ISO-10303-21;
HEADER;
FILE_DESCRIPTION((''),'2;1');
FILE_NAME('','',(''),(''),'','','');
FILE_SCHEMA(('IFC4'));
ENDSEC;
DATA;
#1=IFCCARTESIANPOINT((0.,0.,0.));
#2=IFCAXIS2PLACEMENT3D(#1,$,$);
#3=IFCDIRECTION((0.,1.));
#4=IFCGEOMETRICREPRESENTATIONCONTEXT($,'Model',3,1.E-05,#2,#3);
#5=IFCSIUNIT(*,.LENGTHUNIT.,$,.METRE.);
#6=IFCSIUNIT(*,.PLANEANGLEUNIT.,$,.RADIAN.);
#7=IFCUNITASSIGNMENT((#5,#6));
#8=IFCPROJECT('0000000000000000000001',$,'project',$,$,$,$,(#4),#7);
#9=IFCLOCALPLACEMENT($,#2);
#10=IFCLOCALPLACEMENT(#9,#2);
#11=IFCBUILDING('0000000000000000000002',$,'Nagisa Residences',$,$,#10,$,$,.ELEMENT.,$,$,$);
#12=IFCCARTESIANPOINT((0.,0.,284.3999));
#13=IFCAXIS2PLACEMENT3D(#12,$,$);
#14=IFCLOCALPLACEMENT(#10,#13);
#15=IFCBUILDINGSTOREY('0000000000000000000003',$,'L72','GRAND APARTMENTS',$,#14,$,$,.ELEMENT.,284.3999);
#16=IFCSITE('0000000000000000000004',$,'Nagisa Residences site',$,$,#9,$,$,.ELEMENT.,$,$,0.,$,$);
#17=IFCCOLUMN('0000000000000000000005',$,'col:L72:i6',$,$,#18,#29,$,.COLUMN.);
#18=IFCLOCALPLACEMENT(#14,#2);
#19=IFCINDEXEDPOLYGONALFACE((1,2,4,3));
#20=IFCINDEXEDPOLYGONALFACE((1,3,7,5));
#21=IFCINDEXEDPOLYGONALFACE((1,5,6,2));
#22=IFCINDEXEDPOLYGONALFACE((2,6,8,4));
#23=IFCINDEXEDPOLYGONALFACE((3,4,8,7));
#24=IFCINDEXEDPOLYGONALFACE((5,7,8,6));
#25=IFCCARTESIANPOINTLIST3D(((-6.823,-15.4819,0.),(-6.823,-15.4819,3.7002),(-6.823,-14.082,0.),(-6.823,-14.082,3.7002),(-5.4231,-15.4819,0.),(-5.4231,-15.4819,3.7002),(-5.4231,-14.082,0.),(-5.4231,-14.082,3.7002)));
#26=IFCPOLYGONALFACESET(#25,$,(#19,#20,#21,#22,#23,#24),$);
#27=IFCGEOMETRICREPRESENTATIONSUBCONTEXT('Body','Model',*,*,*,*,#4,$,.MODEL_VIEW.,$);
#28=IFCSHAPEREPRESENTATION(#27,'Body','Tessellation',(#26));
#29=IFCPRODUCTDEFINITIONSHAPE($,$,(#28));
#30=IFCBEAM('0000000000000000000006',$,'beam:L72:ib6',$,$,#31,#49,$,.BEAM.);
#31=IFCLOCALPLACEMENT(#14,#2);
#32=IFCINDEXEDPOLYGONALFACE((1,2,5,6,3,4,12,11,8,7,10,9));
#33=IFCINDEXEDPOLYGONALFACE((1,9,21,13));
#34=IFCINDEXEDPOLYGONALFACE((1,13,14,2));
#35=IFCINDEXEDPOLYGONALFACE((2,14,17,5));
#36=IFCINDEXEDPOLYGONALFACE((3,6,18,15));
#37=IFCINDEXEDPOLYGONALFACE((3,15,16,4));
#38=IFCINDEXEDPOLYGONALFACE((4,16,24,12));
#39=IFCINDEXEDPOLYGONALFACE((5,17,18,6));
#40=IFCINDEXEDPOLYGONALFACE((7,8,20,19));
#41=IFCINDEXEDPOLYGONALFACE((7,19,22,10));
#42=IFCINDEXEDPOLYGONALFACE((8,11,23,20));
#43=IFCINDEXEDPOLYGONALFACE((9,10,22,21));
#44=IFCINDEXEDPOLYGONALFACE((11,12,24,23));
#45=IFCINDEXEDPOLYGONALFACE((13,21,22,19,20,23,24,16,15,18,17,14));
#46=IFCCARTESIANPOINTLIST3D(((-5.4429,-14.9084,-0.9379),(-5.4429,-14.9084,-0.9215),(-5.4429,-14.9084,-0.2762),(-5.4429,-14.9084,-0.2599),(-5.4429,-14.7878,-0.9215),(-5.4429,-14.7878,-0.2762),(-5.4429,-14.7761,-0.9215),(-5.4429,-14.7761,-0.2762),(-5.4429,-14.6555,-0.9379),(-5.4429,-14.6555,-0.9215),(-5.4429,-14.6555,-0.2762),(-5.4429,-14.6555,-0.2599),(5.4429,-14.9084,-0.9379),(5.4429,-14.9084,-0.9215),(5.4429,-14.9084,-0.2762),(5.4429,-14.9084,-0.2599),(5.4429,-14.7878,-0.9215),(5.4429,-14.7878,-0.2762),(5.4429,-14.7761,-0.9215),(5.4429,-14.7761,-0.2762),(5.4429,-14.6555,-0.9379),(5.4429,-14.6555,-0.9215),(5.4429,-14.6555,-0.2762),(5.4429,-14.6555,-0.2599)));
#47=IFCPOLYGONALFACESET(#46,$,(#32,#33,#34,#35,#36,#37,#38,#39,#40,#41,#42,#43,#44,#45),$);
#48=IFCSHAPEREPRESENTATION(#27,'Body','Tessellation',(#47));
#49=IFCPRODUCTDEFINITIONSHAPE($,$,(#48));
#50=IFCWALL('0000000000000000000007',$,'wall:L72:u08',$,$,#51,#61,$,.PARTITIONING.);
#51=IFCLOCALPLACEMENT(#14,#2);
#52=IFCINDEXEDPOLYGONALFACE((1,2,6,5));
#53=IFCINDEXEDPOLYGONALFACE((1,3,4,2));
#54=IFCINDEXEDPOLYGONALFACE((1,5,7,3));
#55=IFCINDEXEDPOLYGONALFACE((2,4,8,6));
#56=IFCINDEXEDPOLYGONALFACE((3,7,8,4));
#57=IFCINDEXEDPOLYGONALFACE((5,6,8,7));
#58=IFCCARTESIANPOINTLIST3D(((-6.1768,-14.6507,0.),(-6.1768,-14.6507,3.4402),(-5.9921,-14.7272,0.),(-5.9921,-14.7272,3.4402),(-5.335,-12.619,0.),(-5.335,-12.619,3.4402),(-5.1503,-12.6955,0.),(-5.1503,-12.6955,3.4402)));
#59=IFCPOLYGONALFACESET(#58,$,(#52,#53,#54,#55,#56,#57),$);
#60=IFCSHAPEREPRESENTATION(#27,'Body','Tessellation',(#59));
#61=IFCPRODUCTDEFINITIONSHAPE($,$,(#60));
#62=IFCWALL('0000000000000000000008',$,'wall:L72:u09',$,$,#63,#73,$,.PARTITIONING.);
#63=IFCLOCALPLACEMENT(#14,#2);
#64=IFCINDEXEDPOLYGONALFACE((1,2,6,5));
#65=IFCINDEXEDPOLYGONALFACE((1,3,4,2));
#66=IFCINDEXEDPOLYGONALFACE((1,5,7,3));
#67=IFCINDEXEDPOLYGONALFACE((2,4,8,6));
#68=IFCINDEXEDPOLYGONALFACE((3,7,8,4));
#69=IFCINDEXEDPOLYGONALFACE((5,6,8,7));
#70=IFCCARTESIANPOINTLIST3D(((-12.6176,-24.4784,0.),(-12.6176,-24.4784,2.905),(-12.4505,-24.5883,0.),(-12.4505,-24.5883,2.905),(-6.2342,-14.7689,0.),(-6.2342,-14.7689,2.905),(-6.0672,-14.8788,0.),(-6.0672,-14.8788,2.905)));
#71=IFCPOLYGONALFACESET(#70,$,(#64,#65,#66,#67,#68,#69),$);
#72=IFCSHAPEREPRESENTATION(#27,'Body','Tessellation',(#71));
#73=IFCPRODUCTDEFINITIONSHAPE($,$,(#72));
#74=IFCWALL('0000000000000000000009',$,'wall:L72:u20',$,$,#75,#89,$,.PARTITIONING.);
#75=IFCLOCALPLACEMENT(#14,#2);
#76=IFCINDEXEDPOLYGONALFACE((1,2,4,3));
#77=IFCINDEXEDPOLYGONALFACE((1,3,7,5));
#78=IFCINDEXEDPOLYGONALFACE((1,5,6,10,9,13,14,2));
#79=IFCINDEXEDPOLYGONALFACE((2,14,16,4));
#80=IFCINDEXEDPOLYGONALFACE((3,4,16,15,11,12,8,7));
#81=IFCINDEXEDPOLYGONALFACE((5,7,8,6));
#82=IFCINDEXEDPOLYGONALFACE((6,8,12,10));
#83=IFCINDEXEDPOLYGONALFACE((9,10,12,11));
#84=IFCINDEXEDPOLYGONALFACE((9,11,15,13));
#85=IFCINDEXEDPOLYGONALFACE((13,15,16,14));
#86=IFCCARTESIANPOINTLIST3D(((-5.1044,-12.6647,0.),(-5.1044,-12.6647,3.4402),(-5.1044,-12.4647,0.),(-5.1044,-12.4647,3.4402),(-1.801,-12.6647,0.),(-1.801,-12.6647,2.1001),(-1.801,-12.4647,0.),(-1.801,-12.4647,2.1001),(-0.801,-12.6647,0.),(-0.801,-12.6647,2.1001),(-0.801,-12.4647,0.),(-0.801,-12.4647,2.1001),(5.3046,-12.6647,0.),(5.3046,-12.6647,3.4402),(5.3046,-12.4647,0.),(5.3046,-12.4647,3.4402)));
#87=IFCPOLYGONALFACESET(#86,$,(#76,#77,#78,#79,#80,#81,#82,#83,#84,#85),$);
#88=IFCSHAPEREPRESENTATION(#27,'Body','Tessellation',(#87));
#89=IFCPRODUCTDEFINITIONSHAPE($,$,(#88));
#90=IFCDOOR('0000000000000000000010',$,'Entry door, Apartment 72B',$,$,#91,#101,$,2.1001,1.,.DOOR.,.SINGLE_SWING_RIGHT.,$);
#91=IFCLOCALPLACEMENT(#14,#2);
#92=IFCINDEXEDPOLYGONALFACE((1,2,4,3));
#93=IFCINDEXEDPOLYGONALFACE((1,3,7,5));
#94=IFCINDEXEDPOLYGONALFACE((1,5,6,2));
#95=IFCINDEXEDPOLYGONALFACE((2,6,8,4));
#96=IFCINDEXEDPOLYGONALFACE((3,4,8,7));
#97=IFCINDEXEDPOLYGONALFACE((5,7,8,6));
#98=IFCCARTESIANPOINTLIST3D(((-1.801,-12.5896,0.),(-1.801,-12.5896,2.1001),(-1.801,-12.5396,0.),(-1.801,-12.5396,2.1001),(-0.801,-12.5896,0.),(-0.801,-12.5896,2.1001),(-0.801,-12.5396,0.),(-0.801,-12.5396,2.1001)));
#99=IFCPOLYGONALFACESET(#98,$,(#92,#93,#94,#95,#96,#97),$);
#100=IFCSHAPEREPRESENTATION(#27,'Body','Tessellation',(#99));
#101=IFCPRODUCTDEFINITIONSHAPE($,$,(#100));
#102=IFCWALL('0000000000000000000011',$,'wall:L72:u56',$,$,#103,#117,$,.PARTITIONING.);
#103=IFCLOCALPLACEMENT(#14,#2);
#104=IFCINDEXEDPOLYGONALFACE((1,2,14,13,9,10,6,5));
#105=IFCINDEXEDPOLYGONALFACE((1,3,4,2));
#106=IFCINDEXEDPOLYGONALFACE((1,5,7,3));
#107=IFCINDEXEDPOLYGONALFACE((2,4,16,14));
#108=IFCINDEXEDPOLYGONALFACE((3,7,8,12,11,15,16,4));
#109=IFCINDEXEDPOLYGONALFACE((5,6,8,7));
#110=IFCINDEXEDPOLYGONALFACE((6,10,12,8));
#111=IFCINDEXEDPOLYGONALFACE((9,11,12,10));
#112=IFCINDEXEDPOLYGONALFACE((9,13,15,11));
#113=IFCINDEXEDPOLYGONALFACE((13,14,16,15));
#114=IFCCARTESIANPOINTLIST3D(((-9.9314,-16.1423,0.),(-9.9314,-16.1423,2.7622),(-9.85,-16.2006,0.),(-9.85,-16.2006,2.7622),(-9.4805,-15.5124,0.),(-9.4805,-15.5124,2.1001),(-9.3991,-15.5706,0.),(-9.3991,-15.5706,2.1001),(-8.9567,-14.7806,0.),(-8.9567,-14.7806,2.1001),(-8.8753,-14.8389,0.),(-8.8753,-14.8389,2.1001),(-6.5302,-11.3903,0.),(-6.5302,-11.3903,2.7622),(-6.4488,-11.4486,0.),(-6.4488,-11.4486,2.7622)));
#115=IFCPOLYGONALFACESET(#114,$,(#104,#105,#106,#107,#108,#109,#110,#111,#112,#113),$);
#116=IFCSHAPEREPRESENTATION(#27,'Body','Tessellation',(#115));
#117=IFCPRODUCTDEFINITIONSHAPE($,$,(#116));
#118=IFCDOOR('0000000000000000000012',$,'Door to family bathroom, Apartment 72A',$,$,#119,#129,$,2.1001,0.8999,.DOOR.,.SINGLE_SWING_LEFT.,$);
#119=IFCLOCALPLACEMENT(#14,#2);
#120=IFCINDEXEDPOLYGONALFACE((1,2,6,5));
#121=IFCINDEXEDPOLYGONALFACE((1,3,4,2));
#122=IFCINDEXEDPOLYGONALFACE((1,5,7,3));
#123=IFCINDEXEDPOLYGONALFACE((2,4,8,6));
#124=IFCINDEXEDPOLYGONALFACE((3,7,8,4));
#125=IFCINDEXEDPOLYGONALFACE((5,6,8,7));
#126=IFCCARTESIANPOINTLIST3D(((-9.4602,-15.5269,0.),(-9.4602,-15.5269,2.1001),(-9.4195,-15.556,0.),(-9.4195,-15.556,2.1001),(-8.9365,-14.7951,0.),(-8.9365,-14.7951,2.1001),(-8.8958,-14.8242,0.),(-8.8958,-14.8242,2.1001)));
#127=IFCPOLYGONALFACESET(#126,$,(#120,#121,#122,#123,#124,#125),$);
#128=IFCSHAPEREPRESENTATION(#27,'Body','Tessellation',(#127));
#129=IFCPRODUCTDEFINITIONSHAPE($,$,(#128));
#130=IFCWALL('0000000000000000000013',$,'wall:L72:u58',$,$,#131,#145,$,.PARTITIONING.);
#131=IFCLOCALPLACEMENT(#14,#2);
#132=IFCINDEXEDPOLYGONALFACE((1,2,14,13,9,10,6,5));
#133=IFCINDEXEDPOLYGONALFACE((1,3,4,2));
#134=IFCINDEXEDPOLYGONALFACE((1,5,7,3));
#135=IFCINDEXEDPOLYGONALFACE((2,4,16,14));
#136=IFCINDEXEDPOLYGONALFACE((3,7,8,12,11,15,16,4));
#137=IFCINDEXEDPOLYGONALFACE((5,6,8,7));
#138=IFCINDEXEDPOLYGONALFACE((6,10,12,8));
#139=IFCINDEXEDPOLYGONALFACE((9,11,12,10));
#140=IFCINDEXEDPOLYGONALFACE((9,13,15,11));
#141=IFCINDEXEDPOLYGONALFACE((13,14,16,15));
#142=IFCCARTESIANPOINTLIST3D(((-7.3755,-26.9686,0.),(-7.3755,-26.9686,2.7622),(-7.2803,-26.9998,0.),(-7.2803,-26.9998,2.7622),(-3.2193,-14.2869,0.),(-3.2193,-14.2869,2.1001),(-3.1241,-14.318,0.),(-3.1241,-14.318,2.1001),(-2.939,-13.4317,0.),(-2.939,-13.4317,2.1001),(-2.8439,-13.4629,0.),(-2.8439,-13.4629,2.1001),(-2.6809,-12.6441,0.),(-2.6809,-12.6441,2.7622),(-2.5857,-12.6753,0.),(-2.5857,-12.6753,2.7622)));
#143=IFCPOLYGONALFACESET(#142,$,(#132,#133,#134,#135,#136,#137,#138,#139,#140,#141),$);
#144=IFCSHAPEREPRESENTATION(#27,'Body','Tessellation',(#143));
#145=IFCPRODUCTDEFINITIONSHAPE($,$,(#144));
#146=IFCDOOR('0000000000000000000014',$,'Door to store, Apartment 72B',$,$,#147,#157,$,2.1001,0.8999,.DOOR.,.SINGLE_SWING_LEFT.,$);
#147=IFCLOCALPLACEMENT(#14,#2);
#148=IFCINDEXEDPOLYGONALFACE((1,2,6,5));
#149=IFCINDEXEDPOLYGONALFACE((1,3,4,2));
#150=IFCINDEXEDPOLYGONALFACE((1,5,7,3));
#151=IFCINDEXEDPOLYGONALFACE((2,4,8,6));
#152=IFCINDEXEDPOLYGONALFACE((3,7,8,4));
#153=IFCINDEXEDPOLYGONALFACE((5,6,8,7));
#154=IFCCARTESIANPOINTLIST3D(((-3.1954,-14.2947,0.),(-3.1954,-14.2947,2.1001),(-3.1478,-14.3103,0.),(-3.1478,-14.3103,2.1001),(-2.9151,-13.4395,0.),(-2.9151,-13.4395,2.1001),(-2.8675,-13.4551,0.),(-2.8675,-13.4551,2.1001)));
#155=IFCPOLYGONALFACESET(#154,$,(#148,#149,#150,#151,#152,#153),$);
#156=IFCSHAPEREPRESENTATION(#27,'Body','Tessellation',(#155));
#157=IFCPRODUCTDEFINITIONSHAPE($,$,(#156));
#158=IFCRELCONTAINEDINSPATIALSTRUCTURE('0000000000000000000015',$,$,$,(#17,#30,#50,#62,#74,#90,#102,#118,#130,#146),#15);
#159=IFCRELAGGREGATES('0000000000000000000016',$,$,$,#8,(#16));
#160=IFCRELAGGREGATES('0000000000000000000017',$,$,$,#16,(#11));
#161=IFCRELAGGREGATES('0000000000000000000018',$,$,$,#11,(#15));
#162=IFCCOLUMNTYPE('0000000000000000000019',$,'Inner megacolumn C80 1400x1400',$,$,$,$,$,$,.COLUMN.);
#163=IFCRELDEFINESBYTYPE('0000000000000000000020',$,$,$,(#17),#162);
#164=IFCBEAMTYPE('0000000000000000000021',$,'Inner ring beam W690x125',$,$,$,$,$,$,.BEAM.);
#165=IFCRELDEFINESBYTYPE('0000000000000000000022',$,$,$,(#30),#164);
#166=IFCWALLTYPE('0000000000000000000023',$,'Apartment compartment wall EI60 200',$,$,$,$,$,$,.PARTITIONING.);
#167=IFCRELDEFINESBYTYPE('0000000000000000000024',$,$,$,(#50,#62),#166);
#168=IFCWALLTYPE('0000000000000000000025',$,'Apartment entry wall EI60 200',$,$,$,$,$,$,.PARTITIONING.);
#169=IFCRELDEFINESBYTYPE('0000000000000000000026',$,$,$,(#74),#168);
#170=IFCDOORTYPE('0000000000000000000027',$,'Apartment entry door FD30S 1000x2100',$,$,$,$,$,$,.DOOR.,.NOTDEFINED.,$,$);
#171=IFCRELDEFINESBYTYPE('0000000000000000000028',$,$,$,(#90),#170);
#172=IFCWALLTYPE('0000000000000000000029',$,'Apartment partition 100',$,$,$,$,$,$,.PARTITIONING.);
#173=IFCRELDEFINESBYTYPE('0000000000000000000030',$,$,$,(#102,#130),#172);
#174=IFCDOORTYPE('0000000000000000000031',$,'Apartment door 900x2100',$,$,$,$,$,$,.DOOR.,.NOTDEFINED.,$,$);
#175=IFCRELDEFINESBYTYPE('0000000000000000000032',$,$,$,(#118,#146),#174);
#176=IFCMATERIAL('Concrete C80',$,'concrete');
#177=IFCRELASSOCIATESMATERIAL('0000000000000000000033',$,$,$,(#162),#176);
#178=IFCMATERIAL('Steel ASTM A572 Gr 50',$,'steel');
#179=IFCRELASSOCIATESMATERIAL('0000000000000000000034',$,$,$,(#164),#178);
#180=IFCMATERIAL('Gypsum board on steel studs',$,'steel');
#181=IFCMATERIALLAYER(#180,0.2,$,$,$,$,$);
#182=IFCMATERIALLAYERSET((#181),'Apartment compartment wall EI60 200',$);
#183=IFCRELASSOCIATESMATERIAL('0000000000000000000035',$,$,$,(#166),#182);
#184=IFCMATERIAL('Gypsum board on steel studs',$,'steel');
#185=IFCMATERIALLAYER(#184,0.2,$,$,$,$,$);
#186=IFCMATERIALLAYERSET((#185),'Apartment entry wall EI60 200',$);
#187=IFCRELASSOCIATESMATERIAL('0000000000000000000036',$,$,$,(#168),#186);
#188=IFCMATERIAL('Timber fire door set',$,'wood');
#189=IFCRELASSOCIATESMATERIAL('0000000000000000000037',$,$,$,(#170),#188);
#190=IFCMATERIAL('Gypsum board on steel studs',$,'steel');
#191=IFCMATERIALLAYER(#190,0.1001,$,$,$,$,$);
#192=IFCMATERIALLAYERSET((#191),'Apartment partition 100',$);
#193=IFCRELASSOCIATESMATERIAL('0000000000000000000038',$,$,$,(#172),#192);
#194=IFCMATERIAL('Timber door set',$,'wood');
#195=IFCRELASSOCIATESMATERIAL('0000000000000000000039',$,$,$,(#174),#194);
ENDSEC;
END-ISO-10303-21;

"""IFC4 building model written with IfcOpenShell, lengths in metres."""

from ifc_helpers import new_model, si_unit, direction, frame, frame_2d, origin, origin_2d, place, context, subcontext, project, spatial, rectangle, i_section, extrude, material, layer, layer_set, material_profile, profile_set, type_object, element, fill, save


model = new_model("IFC4")

# Units and contexts
model_context = context("Model", 3, precision=1e-05, world=origin(), true_north=direction((0.0, 1.0)))
body_context = subcontext(model_context, "Body", "Model", "MODEL_VIEW")
ifc_project = project(units=[si_unit("LENGTHUNIT", "METRE"), si_unit("PLANEANGLEUNIT", "RADIAN")], contexts=[model_context])

# Site, building, storey
site_placement = place(None, origin())
site = spatial("IfcSite", under=ifc_project, at=site_placement, Name="Nagisa Residences site", CompositionType="ELEMENT", RefElevation=0.0)
building_placement = place(site_placement, origin())
building = spatial("IfcBuilding", under=site, at=building_placement, Name="Nagisa Residences", CompositionType="ELEMENT")
storey_placement = place(building_placement, frame((0.0, 0.0, 284.3999)))
storey = spatial("IfcBuildingStorey", under=building, at=storey_placement, Name="L72", Description="GRAND APARTMENTS", CompositionType="ELEMENT", Elevation=284.3999)

# Column
ifc_material_1 = material(Name="Concrete C80", Category="concrete")
ifc_material_profile_1 = material_profile(ifc_material_1, rectangle(XDim=1.3999, YDim=1.3999, at=origin_2d()), Name="C80 1400x1400")
ifc_profile_set_1 = profile_set([ifc_material_profile_1], Name="Concrete C80")
column_type = type_object("IfcColumnType", Name="Inner megacolumn C80 1400x1400", PredefinedType="COLUMN", material=ifc_profile_set_1)
column_placement = place(storey_placement, frame((-6.123, -14.782, 0.0), z_axis=(0.0, 0.0, 1.0), x_axis=(1.0, 0.0, 0.0)))
element("IfcColumn", 1, at=column_placement, inside=storey, type_object=column_type, Name="col:L72:i6", PredefinedType="COLUMN", context=body_context, shape_type="SweptSolid", body=[
    extrude(rectangle(XDim=1.3999, YDim=1.3999, at=origin_2d()), origin(), (0.0, 0.0, 1.0), 3.7002),
])

# Beam
ifc_material_2 = material(Name="Steel ASTM A572 Gr 50", Category="steel")
ifc_material_profile_2 = material_profile(ifc_material_2, i_section(OverallWidth=0.2529, OverallDepth=0.678, WebThickness=0.0117, FlangeThickness=0.0164, at=origin_2d()), Name="W690x125")
ifc_profile_set_2 = profile_set([ifc_material_profile_2], Name="Steel ASTM A572 Gr 50")
beam_type = type_object("IfcBeamType", Name="Inner ring beam W690x125", PredefinedType="BEAM", material=ifc_profile_set_2)
beam_placement = place(storey_placement, frame((-5.4429, -14.782, -0.5989), z_axis=(1.0, 0.0, 0.0), x_axis=(0.0, 1.0, 0.0)))
element("IfcBeam", 2, at=beam_placement, inside=storey, type_object=beam_type, Name="beam:L72:ib6", PredefinedType="BEAM", context=body_context, shape_type="SweptSolid", body=[
    extrude(i_section(OverallWidth=0.2529, OverallDepth=0.678, WebThickness=0.0117, FlangeThickness=0.0164, at=origin_2d()), origin(), (0.0, 0.0, 1.0), 10.8857),
])

# Walls
ifc_material_3 = material(Name="Gypsum board on steel studs", Category="steel")
ifc_layer_1 = layer(ifc_material_3, 0.2)
ifc_layer_set_1 = layer_set([ifc_layer_1], Name="Apartment compartment wall EI60 200")
wall_type_1 = type_object("IfcWallType", Name="Apartment compartment wall EI60 200", PredefinedType="PARTITIONING", material=ifc_layer_set_1)
wall_1_placement = place(storey_placement, frame((-5.2427, -12.6572, 0.0), z_axis=(0.0, 0.0, 1.0), x_axis=(-0.38277, -0.923844, 0.0)))
element("IfcWall", 3, at=wall_1_placement, inside=storey, type_object=wall_type_1, Name="wall:L72:u08", PredefinedType="PARTITIONING", context=body_context, shape_type="SweptSolid", body=[
    extrude(rectangle(XDim=2.1992, YDim=0.2, at=frame_2d((1.0996, 0.0))), origin(), (0.0, 0.0, 1.0), 3.4402),
])
wall_2_placement = place(storey_placement, frame((-6.1506, -14.8237, 0.0), z_axis=(0.0, 0.0, 1.0), x_axis=(-0.549346, -0.835595, 0.0)))
element("IfcWall", 4, at=wall_2_placement, inside=storey, type_object=wall_type_1, Name="wall:L72:u09", PredefinedType="PARTITIONING", context=body_context, shape_type="SweptSolid", body=[
    extrude(rectangle(XDim=11.6199, YDim=0.2, at=frame_2d((5.8101, 0.0))), origin(), (0.0, 0.0, 1.0), 2.905),
])

# Walls, openings, doors
ifc_material_4 = material(Name="Gypsum board on steel studs", Category="steel")
ifc_layer_2 = layer(ifc_material_4, 0.2)
ifc_layer_set_2 = layer_set([ifc_layer_2], Name="Apartment entry wall EI60 200")
wall_type_2 = type_object("IfcWallType", Name="Apartment entry wall EI60 200", PredefinedType="PARTITIONING", material=ifc_layer_set_2)
wall_3_placement = place(storey_placement, frame((-5.1045, -12.5647, 0.0), z_axis=(0.0, 0.0, 1.0), x_axis=(1.0, 0.0, 0.0)))
wall_3 = element("IfcWall", 5, at=wall_3_placement, inside=storey, type_object=wall_type_2, Name="wall:L72:u20", PredefinedType="PARTITIONING", context=body_context, shape_type="SweptSolid", body=[
    extrude(rectangle(XDim=10.4089, YDim=0.2, at=frame_2d((5.2046, 0.0))), origin(), (0.0, 0.0, 1.0), 3.4402),
])
opening_1_placement = place(wall_3_placement, frame((3.3035, 0.0, 0.0)))
opening_1 = element("IfcOpeningElement", 6, at=opening_1_placement, cuts=wall_3, PredefinedType="OPENING", context=body_context, shape_type="SweptSolid", body=[
    extrude(rectangle(XDim=1.0, YDim=2.1001, at=frame_2d((0.5, 1.05))), frame((0.0, 0.1099, 0.0), z_axis=(0.0, -1.0, 0.0), x_axis=(1.0, 0.0, 0.0)), (0.0, 0.0, 1.0), 0.22),
])
ifc_material_5 = material(Name="Timber fire door set", Category="wood")
door_type_1 = type_object("IfcDoorType", Name="Apartment entry door FD30S 1000x2100", OperationType="NOTDEFINED", PredefinedType="DOOR", material=ifc_material_5)
door_1_placement = place(opening_1_placement, frame((1.0, 0.0, 0.0), x_axis=(-1.0, 0.0, 0.0)))
door_1 = element("IfcDoor", 7, at=door_1_placement, inside=storey, type_object=door_type_1, Name="Entry door, Apartment 72B", OperationType="SINGLE_SWING_RIGHT", OverallHeight=2.1001, OverallWidth=1.0, PredefinedType="DOOR", context=body_context, shape_type="SweptSolid", body=[
    extrude(rectangle(XDim=1.0, YDim=2.1001, at=frame_2d((0.5, 1.05))), frame((0.0, 0.0249, 0.0), z_axis=(0.0, -1.0, 0.0), x_axis=(1.0, 0.0, 0.0)), (0.0, 0.0, 1.0), 0.05),
])
fill(opening_1, door_1)
ifc_material_6 = material(Name="Gypsum board on steel studs", Category="steel")
ifc_layer_3 = layer(ifc_material_6, 0.1001)
ifc_layer_set_3 = layer_set([ifc_layer_3], Name="Apartment partition 100")
wall_type_3 = type_object("IfcWallType", Name="Apartment partition 100", PredefinedType="PARTITIONING", material=ifc_layer_set_3)
wall_4_placement = place(storey_placement, frame((-6.4895, -11.4194, 0.0), z_axis=(0.0, 0.0, 1.0), x_axis=(-0.582016, -0.813177, 0.0)))
wall_4 = element("IfcWall", 8, at=wall_4_placement, inside=storey, type_object=wall_type_3, Name="wall:L72:u56", PredefinedType="PARTITIONING", context=body_context, shape_type="SweptSolid", body=[
    extrude(rectangle(XDim=5.8438, YDim=0.1001, at=frame_2d((2.9219, 0.0))), origin(), (0.0, 0.0, 1.0), 2.7622),
])
opening_2_placement = place(wall_4_placement, frame((4.1692, 0.0, 0.0)))
opening_2 = element("IfcOpeningElement", 9, at=opening_2_placement, cuts=wall_4, PredefinedType="OPENING", context=body_context, shape_type="SweptSolid", body=[
    extrude(rectangle(XDim=0.8999, YDim=2.1001, at=frame_2d((0.45, 1.05))), frame((0.0, 0.0601, 0.0), z_axis=(0.0, -1.0, 0.0), x_axis=(1.0, 0.0, 0.0)), (0.0, 0.0, 1.0), 0.1201),
])
ifc_material_7 = material(Name="Timber door set", Category="wood")
door_type_2 = type_object("IfcDoorType", Name="Apartment door 900x2100", OperationType="NOTDEFINED", PredefinedType="DOOR", material=ifc_material_7)
door_2_placement = place(opening_2_placement, origin())
door_2 = element("IfcDoor", 10, at=door_2_placement, inside=storey, type_object=door_type_2, Name="Door to family bathroom, Apartment 72A", OperationType="SINGLE_SWING_LEFT", OverallHeight=2.1001, OverallWidth=0.8999, PredefinedType="DOOR", context=body_context, shape_type="SweptSolid", body=[
    extrude(rectangle(XDim=0.8999, YDim=2.1001, at=frame_2d((0.45, 1.05))), frame((0.0, 0.0249, 0.0), z_axis=(0.0, -1.0, 0.0), x_axis=(1.0, 0.0, 0.0)), (0.0, 0.0, 1.0), 0.05),
])
fill(opening_2, door_2)
wall_5_placement = place(storey_placement, frame((-2.6333, -12.6597, 0.0), z_axis=(0.0, 0.0, 1.0), x_axis=(-0.311433, -0.950268, 0.0)))
wall_5 = element("IfcWall", 11, at=wall_5_placement, inside=storey, type_object=wall_type_3, Name="wall:L72:u58", PredefinedType="PARTITIONING", context=body_context, shape_type="SweptSolid", body=[
    extrude(rectangle(XDim=15.0742, YDim=0.1001, at=frame_2d((7.5371, 0.0))), origin(), (0.0, 0.0, 1.0), 2.7622),
])
opening_3_placement = place(wall_5_placement, frame((0.8289, 0.0, 0.0)))
opening_3 = element("IfcOpeningElement", 12, at=opening_3_placement, cuts=wall_5, PredefinedType="OPENING", context=body_context, shape_type="SweptSolid", body=[
    extrude(rectangle(XDim=0.8999, YDim=2.1001, at=frame_2d((0.45, 1.05))), frame((0.0, 0.0601, 0.0), z_axis=(0.0, -1.0, 0.0), x_axis=(1.0, 0.0, 0.0)), (0.0, 0.0, 1.0), 0.1201),
])
door_3_placement = place(opening_3_placement, frame((0.8999, 0.0, 0.0), x_axis=(-1.0, 0.0, 0.0)))
door_3 = element("IfcDoor", 13, at=door_3_placement, inside=storey, type_object=door_type_2, Name="Door to store, Apartment 72B", OperationType="SINGLE_SWING_LEFT", OverallHeight=2.1001, OverallWidth=0.8999, PredefinedType="DOOR", context=body_context, shape_type="SweptSolid", body=[
    extrude(rectangle(XDim=0.8999, YDim=2.1001, at=frame_2d((0.45, 1.05))), frame((0.0, 0.0249, 0.0), z_axis=(0.0, -1.0, 0.0), x_axis=(1.0, 0.0, 0.0)), (0.0, 0.0, 1.0), 0.05),
])
fill(opening_3, door_3)

save(model, "model.ifc")
